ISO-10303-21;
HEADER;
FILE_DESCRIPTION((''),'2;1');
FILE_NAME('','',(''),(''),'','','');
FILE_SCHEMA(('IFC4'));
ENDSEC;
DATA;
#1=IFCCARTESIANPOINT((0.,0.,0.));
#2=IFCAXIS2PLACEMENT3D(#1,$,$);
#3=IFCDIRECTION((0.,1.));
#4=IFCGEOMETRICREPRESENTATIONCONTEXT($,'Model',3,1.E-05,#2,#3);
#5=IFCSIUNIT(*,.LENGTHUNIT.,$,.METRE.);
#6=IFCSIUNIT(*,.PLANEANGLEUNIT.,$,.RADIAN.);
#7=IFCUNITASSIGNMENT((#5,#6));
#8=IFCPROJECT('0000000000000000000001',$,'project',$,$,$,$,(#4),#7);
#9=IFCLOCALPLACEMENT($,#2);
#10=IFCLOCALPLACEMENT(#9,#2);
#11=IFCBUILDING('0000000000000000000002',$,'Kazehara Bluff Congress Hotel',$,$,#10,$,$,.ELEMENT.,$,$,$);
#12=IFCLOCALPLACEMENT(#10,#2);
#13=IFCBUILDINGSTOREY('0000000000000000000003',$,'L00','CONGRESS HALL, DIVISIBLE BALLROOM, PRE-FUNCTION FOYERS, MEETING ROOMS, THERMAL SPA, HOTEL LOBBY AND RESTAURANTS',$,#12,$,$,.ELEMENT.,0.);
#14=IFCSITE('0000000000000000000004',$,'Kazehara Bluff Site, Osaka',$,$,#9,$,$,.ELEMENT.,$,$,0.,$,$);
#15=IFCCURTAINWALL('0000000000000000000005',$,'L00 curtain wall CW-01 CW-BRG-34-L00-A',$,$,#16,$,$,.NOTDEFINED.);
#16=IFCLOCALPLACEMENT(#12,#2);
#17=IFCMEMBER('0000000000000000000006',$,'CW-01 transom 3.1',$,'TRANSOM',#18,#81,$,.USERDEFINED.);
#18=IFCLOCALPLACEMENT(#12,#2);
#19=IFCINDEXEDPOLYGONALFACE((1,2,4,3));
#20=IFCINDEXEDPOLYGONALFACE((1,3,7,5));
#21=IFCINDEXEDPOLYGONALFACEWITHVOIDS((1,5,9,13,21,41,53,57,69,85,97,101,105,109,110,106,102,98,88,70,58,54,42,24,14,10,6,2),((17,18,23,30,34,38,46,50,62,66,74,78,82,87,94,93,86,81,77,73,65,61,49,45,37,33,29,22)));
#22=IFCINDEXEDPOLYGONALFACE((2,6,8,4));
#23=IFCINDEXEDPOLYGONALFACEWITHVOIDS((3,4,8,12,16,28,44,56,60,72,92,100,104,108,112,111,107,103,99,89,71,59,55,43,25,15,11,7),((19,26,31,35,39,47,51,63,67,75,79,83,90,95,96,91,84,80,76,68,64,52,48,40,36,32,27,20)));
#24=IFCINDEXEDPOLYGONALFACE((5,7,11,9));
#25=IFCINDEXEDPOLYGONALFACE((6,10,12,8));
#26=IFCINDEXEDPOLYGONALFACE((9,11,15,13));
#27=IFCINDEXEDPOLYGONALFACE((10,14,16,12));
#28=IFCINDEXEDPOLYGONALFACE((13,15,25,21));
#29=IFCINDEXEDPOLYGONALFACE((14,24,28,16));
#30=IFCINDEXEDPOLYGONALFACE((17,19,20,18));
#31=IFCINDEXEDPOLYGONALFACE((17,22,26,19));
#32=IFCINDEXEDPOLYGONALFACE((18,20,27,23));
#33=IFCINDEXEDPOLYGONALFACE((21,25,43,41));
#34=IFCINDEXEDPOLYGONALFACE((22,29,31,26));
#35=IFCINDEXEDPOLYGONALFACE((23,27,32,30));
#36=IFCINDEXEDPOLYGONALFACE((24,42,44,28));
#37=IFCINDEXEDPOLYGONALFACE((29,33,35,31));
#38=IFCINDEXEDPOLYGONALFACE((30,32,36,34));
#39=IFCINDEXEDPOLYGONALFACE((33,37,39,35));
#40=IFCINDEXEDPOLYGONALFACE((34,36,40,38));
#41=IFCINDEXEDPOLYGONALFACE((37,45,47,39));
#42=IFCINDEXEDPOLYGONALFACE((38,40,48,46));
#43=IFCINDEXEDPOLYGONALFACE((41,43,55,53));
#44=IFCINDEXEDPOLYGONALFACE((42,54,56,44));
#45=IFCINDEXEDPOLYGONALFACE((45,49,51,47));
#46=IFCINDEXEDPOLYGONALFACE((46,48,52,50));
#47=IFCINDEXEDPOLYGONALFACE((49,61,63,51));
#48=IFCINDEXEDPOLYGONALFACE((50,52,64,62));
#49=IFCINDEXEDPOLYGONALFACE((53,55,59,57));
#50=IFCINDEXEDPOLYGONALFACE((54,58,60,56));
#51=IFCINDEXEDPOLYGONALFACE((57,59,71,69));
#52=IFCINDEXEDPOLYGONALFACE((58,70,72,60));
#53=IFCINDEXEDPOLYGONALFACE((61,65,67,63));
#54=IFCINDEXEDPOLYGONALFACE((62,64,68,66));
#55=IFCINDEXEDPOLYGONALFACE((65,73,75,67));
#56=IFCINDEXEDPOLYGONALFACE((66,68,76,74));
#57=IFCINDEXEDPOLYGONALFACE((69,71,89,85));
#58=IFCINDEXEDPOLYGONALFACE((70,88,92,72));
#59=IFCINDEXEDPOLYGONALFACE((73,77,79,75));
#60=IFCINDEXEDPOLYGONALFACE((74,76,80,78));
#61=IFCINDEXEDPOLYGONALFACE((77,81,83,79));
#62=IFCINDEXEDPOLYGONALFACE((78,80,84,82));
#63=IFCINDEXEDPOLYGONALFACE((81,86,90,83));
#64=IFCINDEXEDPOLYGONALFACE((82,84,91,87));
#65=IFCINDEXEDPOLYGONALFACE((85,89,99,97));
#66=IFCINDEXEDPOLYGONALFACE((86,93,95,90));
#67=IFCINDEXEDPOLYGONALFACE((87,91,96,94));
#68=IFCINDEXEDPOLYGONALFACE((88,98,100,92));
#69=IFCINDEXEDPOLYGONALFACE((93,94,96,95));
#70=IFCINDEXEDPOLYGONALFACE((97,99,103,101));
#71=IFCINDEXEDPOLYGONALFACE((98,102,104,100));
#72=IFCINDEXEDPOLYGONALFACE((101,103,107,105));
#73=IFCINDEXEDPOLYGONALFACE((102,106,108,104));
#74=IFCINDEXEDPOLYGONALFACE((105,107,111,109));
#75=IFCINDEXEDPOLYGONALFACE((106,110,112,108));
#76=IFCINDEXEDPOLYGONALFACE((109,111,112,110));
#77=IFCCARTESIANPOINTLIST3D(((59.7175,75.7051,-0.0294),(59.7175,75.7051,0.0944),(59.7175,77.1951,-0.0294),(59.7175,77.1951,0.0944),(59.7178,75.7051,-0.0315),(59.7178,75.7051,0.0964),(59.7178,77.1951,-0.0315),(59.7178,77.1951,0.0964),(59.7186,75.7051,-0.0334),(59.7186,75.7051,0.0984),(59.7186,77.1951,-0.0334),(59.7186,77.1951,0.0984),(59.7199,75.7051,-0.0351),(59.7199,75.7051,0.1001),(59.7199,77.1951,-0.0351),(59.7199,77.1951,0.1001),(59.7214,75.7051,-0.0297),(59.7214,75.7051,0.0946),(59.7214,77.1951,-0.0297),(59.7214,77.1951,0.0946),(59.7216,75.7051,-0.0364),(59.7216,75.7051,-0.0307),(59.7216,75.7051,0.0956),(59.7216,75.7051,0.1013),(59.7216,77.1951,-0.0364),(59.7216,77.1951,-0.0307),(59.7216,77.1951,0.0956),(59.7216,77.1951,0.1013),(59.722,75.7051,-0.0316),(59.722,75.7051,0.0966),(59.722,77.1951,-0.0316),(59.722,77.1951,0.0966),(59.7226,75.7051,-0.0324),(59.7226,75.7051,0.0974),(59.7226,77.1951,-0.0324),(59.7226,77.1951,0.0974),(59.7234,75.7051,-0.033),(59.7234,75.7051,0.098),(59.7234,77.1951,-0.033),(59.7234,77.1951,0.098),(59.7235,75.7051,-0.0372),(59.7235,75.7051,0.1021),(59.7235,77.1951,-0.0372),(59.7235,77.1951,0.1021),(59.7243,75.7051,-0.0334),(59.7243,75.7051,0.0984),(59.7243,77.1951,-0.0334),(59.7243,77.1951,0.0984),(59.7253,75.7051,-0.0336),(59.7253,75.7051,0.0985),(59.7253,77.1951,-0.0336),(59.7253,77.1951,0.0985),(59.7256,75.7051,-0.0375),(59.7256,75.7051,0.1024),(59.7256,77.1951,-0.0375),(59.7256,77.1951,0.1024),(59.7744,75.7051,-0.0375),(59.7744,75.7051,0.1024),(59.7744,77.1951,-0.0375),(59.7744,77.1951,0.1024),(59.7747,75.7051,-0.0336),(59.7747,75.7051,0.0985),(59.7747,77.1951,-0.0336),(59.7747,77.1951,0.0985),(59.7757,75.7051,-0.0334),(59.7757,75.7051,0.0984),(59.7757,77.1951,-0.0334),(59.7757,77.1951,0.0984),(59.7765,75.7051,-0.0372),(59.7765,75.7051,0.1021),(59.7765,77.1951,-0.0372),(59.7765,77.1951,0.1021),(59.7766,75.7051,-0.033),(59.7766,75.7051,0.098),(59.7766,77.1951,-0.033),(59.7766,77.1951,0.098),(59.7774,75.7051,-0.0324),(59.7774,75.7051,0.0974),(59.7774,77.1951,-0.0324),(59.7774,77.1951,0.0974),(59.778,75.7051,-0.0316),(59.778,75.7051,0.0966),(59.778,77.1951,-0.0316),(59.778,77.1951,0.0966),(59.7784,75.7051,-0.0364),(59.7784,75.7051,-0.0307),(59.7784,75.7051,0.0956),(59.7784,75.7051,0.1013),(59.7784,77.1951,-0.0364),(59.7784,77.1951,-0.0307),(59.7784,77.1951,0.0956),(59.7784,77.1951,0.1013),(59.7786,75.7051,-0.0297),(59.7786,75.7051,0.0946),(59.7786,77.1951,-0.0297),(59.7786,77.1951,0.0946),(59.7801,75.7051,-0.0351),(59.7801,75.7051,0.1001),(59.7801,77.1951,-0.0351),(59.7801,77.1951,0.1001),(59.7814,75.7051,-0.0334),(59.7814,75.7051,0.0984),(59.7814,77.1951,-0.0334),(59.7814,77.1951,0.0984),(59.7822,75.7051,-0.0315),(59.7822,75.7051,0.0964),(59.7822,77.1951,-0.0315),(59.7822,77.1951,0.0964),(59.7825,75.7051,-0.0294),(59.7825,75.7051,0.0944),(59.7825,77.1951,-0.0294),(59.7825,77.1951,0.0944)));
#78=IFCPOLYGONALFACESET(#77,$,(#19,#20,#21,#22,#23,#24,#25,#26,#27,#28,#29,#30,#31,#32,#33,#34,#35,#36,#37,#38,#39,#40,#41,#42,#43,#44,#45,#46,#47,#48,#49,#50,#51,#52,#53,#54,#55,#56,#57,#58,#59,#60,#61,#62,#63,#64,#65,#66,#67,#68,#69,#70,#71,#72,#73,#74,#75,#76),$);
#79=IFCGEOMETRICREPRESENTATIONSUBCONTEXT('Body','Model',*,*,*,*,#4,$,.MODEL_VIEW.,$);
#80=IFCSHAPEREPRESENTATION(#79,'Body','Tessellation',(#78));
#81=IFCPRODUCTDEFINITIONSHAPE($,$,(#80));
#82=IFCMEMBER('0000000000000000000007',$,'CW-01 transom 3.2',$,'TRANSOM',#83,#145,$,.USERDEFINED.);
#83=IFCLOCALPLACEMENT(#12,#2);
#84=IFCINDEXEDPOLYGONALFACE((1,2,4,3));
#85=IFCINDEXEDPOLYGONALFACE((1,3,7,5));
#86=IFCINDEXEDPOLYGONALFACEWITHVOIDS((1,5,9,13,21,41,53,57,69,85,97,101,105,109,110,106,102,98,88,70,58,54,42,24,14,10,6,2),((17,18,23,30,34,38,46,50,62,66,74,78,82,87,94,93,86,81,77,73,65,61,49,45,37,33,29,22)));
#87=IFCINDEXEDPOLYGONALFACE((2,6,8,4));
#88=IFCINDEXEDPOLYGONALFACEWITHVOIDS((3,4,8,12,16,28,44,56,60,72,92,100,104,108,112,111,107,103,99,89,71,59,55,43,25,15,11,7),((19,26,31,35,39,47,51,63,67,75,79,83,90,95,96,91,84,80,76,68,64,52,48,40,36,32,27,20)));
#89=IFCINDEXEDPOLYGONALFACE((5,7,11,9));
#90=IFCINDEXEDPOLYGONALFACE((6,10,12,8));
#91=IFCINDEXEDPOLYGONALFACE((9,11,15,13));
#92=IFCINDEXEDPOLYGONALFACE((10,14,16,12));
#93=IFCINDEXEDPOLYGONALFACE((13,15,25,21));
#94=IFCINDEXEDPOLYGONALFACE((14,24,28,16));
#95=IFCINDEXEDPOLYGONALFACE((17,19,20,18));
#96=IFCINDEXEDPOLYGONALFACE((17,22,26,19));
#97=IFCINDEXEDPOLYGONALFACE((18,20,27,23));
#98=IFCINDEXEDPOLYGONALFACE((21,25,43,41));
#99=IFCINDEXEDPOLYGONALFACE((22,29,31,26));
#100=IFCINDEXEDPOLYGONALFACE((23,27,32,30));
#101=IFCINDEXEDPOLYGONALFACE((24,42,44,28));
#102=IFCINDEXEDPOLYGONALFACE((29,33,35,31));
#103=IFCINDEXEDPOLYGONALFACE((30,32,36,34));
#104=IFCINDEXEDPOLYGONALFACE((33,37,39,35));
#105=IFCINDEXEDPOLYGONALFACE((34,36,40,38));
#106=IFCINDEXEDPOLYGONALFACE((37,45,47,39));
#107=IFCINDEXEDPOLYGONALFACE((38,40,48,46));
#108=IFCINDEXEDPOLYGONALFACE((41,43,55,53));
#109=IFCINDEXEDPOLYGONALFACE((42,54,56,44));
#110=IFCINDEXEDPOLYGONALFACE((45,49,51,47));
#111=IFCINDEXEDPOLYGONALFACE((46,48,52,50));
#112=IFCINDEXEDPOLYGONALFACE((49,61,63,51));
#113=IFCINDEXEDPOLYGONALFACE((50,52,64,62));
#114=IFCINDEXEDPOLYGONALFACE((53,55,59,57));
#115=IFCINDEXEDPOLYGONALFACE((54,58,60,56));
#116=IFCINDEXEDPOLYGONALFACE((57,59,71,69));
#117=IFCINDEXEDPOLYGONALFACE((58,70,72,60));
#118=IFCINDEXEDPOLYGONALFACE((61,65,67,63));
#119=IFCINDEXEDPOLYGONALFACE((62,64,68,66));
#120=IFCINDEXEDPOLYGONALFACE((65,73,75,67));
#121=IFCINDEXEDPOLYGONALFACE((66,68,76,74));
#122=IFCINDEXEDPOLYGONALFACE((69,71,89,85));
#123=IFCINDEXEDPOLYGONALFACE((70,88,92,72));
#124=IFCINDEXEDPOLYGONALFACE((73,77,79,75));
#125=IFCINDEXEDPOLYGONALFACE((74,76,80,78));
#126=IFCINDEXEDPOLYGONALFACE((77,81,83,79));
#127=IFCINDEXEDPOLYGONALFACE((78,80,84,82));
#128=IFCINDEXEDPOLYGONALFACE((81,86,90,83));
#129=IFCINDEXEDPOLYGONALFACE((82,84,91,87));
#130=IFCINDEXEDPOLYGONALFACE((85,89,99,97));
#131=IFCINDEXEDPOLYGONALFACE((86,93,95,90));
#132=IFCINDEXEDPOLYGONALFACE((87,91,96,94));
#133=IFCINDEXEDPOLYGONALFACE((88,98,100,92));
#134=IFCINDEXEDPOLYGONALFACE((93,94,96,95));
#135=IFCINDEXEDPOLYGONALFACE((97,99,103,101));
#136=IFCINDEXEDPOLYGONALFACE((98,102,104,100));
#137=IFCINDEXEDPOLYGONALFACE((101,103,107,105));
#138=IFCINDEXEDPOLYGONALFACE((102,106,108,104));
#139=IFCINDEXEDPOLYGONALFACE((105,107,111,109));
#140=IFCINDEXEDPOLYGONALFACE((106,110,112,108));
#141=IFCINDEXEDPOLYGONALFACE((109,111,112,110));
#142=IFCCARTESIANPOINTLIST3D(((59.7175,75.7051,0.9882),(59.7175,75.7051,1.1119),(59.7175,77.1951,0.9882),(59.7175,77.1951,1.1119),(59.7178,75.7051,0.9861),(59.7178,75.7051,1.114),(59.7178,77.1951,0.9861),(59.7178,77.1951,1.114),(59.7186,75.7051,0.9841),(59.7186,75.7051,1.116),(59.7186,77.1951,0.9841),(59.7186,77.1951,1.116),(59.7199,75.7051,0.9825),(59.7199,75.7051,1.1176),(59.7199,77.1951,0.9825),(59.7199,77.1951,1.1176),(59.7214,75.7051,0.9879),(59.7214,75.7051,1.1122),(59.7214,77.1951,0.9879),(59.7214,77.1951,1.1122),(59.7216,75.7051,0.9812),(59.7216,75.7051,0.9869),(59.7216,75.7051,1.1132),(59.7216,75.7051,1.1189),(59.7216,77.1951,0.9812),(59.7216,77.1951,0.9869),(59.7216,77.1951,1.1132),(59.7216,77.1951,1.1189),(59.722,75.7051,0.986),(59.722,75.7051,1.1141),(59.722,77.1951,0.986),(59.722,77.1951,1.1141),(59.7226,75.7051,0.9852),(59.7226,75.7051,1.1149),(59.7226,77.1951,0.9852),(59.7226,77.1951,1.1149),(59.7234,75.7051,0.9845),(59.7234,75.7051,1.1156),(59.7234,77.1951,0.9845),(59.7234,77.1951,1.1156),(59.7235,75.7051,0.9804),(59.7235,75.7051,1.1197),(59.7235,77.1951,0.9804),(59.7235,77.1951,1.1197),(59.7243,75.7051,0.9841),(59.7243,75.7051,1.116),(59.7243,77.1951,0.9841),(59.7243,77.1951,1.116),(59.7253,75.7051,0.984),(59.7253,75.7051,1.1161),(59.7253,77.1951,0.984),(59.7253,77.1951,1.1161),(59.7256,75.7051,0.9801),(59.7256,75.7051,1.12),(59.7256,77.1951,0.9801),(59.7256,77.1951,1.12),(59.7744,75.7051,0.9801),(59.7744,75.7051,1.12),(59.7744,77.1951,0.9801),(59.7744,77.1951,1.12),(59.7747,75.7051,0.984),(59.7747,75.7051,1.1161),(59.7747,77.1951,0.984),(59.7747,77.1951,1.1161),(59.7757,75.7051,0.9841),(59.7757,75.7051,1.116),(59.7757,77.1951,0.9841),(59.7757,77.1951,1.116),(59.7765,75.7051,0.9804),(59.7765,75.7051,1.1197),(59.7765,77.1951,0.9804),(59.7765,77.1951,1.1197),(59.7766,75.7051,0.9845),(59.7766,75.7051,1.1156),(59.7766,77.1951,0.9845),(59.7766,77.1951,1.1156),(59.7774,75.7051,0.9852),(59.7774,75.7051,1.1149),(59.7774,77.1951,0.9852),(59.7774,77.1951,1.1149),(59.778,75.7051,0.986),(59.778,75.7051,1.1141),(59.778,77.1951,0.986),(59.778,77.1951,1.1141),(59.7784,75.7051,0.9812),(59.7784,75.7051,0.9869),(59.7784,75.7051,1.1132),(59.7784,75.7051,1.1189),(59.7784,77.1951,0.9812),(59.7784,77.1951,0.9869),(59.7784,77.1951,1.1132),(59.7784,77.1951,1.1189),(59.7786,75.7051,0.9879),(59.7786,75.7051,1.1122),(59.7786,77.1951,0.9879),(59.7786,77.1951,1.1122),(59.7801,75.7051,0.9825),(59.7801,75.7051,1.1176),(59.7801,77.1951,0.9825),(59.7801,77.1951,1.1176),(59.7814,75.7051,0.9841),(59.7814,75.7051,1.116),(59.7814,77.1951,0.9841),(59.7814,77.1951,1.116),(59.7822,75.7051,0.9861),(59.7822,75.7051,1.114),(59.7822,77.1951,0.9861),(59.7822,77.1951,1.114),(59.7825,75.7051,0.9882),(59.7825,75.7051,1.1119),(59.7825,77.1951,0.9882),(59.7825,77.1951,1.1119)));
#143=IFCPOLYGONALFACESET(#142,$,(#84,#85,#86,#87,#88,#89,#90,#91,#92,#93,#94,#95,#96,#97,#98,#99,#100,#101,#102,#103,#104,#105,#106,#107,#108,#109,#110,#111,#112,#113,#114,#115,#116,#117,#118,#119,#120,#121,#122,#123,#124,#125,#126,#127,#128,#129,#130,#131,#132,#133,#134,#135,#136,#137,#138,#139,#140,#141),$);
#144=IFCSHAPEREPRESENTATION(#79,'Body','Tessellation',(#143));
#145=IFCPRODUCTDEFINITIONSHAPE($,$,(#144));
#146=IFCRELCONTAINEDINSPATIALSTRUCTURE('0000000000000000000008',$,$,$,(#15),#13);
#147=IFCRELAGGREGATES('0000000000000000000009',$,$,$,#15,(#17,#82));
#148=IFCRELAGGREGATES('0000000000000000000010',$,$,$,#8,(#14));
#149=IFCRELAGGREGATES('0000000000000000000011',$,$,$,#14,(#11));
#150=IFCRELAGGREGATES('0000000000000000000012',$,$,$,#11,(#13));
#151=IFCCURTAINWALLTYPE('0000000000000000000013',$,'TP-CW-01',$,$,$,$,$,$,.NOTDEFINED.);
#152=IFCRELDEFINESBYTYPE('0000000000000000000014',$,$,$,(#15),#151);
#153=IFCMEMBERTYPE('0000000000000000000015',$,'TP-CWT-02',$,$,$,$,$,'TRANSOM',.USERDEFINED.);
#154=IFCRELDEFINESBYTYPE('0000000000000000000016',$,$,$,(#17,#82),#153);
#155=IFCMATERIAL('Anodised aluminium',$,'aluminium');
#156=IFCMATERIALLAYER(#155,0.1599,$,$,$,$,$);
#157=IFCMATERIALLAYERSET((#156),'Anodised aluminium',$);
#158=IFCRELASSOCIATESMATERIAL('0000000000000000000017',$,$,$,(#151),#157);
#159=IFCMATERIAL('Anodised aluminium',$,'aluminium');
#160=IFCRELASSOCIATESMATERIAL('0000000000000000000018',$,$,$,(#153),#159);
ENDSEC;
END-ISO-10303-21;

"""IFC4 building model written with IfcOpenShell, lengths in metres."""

from ifc_helpers import new_model, si_unit, direction, frame, origin, origin_2d, place, context, subcontext, project, spatial, hollow_rectangle, extrude, material, layer, layer_set, material_profile, profile_set, type_object, element, aggregate, save


model = new_model("IFC4")

# Units and contexts
model_context = context("Model", 3, precision=1e-05, world=origin(), true_north=direction((0.0, 1.0)))
body_context = subcontext(model_context, "Body", "Model", "MODEL_VIEW")
ifc_project = project(units=[si_unit("LENGTHUNIT", "METRE"), si_unit("PLANEANGLEUNIT", "RADIAN")], contexts=[model_context])

# Site, building, storey
site_placement = place(None, origin())
site = spatial("IfcSite", under=ifc_project, at=site_placement, Name="Kazehara Bluff Site, Osaka", CompositionType="ELEMENT", RefElevation=0.0)
building_placement = place(site_placement, origin())
building = spatial("IfcBuilding", under=site, at=building_placement, Name="Kazehara Bluff Congress Hotel", CompositionType="ELEMENT")
storey_placement = place(building_placement, origin())
storey = spatial("IfcBuildingStorey", under=building, at=storey_placement, Name="L00", Description="CONGRESS HALL, DIVISIBLE BALLROOM, PRE-FUNCTION FOYERS, MEETING ROOMS, THERMAL SPA, HOTEL LOBBY AND RESTAURANTS", CompositionType="ELEMENT", Elevation=0.0)

# Curtain wall
ifc_material_1 = material(Name="Anodised aluminium", Category="aluminium")
ifc_layer_1 = layer(ifc_material_1, 0.1599)
ifc_layer_set_1 = layer_set([ifc_layer_1], Name="Anodised aluminium")
curtain_wall_type = type_object("IfcCurtainWallType", Name="TP-CW-01", PredefinedType="NOTDEFINED", material=ifc_layer_set_1)
curtain_wall_1_placement = place(storey_placement, origin())
curtain_wall_1 = element("IfcCurtainWall", 1, at=curtain_wall_1_placement, inside=storey, type_object=curtain_wall_type, Name="L00 curtain wall CW-01 CW-BRG-34-L00-A", PredefinedType="NOTDEFINED")

# Members
ifc_material_2 = material(Name="Anodised aluminium", Category="aluminium")
ifc_material_profile_1 = material_profile(ifc_material_2, hollow_rectangle(XDim=0.0649, YDim=0.1399, WallThickness=0.0039, InnerFilletRadius=0.0039, OuterFilletRadius=0.0081, at=origin_2d()))
ifc_profile_set_1 = profile_set([ifc_material_profile_1], Name="Anodised aluminium")
member_type_1 = type_object("IfcMemberType", Name="TP-CWT-02", ElementType="TRANSOM", PredefinedType="USERDEFINED", material=ifc_profile_set_1)
member_1_placement = place(storey_placement, frame((59.75, 75.7051, 0.0325), z_axis=(0.0, 1.0, 0.0), x_axis=(-1.0, 0.0, 0.0)))
member_1 = element("IfcMember", 2, at=member_1_placement, type_object=member_type_1, Name="CW-01 transom 3.1", ObjectType="TRANSOM", PredefinedType="USERDEFINED", context=body_context, shape_type="SweptSolid", body=[
    extrude(hollow_rectangle(XDim=0.0649, YDim=0.1399, WallThickness=0.0039, InnerFilletRadius=0.0039, OuterFilletRadius=0.0081, at=origin_2d()), origin(), (0.0, 0.0, 1.0), 1.49),
])
member_2_placement = place(storey_placement, frame((59.75, 75.7051, 1.05), z_axis=(0.0, 1.0, 0.0), x_axis=(-1.0, 0.0, 0.0)))
member_2 = element("IfcMember", 3, at=member_2_placement, type_object=member_type_1, Name="CW-01 transom 3.2", ObjectType="TRANSOM", PredefinedType="USERDEFINED", context=body_context, shape_type="SweptSolid", body=[
    extrude(hollow_rectangle(XDim=0.0649, YDim=0.1399, WallThickness=0.0039, InnerFilletRadius=0.0039, OuterFilletRadius=0.0081, at=origin_2d()), origin(), (0.0, 0.0, 1.0), 1.49),
])

aggregate(curtain_wall_1, [member_1, member_2])

save(model, "model.ifc")
